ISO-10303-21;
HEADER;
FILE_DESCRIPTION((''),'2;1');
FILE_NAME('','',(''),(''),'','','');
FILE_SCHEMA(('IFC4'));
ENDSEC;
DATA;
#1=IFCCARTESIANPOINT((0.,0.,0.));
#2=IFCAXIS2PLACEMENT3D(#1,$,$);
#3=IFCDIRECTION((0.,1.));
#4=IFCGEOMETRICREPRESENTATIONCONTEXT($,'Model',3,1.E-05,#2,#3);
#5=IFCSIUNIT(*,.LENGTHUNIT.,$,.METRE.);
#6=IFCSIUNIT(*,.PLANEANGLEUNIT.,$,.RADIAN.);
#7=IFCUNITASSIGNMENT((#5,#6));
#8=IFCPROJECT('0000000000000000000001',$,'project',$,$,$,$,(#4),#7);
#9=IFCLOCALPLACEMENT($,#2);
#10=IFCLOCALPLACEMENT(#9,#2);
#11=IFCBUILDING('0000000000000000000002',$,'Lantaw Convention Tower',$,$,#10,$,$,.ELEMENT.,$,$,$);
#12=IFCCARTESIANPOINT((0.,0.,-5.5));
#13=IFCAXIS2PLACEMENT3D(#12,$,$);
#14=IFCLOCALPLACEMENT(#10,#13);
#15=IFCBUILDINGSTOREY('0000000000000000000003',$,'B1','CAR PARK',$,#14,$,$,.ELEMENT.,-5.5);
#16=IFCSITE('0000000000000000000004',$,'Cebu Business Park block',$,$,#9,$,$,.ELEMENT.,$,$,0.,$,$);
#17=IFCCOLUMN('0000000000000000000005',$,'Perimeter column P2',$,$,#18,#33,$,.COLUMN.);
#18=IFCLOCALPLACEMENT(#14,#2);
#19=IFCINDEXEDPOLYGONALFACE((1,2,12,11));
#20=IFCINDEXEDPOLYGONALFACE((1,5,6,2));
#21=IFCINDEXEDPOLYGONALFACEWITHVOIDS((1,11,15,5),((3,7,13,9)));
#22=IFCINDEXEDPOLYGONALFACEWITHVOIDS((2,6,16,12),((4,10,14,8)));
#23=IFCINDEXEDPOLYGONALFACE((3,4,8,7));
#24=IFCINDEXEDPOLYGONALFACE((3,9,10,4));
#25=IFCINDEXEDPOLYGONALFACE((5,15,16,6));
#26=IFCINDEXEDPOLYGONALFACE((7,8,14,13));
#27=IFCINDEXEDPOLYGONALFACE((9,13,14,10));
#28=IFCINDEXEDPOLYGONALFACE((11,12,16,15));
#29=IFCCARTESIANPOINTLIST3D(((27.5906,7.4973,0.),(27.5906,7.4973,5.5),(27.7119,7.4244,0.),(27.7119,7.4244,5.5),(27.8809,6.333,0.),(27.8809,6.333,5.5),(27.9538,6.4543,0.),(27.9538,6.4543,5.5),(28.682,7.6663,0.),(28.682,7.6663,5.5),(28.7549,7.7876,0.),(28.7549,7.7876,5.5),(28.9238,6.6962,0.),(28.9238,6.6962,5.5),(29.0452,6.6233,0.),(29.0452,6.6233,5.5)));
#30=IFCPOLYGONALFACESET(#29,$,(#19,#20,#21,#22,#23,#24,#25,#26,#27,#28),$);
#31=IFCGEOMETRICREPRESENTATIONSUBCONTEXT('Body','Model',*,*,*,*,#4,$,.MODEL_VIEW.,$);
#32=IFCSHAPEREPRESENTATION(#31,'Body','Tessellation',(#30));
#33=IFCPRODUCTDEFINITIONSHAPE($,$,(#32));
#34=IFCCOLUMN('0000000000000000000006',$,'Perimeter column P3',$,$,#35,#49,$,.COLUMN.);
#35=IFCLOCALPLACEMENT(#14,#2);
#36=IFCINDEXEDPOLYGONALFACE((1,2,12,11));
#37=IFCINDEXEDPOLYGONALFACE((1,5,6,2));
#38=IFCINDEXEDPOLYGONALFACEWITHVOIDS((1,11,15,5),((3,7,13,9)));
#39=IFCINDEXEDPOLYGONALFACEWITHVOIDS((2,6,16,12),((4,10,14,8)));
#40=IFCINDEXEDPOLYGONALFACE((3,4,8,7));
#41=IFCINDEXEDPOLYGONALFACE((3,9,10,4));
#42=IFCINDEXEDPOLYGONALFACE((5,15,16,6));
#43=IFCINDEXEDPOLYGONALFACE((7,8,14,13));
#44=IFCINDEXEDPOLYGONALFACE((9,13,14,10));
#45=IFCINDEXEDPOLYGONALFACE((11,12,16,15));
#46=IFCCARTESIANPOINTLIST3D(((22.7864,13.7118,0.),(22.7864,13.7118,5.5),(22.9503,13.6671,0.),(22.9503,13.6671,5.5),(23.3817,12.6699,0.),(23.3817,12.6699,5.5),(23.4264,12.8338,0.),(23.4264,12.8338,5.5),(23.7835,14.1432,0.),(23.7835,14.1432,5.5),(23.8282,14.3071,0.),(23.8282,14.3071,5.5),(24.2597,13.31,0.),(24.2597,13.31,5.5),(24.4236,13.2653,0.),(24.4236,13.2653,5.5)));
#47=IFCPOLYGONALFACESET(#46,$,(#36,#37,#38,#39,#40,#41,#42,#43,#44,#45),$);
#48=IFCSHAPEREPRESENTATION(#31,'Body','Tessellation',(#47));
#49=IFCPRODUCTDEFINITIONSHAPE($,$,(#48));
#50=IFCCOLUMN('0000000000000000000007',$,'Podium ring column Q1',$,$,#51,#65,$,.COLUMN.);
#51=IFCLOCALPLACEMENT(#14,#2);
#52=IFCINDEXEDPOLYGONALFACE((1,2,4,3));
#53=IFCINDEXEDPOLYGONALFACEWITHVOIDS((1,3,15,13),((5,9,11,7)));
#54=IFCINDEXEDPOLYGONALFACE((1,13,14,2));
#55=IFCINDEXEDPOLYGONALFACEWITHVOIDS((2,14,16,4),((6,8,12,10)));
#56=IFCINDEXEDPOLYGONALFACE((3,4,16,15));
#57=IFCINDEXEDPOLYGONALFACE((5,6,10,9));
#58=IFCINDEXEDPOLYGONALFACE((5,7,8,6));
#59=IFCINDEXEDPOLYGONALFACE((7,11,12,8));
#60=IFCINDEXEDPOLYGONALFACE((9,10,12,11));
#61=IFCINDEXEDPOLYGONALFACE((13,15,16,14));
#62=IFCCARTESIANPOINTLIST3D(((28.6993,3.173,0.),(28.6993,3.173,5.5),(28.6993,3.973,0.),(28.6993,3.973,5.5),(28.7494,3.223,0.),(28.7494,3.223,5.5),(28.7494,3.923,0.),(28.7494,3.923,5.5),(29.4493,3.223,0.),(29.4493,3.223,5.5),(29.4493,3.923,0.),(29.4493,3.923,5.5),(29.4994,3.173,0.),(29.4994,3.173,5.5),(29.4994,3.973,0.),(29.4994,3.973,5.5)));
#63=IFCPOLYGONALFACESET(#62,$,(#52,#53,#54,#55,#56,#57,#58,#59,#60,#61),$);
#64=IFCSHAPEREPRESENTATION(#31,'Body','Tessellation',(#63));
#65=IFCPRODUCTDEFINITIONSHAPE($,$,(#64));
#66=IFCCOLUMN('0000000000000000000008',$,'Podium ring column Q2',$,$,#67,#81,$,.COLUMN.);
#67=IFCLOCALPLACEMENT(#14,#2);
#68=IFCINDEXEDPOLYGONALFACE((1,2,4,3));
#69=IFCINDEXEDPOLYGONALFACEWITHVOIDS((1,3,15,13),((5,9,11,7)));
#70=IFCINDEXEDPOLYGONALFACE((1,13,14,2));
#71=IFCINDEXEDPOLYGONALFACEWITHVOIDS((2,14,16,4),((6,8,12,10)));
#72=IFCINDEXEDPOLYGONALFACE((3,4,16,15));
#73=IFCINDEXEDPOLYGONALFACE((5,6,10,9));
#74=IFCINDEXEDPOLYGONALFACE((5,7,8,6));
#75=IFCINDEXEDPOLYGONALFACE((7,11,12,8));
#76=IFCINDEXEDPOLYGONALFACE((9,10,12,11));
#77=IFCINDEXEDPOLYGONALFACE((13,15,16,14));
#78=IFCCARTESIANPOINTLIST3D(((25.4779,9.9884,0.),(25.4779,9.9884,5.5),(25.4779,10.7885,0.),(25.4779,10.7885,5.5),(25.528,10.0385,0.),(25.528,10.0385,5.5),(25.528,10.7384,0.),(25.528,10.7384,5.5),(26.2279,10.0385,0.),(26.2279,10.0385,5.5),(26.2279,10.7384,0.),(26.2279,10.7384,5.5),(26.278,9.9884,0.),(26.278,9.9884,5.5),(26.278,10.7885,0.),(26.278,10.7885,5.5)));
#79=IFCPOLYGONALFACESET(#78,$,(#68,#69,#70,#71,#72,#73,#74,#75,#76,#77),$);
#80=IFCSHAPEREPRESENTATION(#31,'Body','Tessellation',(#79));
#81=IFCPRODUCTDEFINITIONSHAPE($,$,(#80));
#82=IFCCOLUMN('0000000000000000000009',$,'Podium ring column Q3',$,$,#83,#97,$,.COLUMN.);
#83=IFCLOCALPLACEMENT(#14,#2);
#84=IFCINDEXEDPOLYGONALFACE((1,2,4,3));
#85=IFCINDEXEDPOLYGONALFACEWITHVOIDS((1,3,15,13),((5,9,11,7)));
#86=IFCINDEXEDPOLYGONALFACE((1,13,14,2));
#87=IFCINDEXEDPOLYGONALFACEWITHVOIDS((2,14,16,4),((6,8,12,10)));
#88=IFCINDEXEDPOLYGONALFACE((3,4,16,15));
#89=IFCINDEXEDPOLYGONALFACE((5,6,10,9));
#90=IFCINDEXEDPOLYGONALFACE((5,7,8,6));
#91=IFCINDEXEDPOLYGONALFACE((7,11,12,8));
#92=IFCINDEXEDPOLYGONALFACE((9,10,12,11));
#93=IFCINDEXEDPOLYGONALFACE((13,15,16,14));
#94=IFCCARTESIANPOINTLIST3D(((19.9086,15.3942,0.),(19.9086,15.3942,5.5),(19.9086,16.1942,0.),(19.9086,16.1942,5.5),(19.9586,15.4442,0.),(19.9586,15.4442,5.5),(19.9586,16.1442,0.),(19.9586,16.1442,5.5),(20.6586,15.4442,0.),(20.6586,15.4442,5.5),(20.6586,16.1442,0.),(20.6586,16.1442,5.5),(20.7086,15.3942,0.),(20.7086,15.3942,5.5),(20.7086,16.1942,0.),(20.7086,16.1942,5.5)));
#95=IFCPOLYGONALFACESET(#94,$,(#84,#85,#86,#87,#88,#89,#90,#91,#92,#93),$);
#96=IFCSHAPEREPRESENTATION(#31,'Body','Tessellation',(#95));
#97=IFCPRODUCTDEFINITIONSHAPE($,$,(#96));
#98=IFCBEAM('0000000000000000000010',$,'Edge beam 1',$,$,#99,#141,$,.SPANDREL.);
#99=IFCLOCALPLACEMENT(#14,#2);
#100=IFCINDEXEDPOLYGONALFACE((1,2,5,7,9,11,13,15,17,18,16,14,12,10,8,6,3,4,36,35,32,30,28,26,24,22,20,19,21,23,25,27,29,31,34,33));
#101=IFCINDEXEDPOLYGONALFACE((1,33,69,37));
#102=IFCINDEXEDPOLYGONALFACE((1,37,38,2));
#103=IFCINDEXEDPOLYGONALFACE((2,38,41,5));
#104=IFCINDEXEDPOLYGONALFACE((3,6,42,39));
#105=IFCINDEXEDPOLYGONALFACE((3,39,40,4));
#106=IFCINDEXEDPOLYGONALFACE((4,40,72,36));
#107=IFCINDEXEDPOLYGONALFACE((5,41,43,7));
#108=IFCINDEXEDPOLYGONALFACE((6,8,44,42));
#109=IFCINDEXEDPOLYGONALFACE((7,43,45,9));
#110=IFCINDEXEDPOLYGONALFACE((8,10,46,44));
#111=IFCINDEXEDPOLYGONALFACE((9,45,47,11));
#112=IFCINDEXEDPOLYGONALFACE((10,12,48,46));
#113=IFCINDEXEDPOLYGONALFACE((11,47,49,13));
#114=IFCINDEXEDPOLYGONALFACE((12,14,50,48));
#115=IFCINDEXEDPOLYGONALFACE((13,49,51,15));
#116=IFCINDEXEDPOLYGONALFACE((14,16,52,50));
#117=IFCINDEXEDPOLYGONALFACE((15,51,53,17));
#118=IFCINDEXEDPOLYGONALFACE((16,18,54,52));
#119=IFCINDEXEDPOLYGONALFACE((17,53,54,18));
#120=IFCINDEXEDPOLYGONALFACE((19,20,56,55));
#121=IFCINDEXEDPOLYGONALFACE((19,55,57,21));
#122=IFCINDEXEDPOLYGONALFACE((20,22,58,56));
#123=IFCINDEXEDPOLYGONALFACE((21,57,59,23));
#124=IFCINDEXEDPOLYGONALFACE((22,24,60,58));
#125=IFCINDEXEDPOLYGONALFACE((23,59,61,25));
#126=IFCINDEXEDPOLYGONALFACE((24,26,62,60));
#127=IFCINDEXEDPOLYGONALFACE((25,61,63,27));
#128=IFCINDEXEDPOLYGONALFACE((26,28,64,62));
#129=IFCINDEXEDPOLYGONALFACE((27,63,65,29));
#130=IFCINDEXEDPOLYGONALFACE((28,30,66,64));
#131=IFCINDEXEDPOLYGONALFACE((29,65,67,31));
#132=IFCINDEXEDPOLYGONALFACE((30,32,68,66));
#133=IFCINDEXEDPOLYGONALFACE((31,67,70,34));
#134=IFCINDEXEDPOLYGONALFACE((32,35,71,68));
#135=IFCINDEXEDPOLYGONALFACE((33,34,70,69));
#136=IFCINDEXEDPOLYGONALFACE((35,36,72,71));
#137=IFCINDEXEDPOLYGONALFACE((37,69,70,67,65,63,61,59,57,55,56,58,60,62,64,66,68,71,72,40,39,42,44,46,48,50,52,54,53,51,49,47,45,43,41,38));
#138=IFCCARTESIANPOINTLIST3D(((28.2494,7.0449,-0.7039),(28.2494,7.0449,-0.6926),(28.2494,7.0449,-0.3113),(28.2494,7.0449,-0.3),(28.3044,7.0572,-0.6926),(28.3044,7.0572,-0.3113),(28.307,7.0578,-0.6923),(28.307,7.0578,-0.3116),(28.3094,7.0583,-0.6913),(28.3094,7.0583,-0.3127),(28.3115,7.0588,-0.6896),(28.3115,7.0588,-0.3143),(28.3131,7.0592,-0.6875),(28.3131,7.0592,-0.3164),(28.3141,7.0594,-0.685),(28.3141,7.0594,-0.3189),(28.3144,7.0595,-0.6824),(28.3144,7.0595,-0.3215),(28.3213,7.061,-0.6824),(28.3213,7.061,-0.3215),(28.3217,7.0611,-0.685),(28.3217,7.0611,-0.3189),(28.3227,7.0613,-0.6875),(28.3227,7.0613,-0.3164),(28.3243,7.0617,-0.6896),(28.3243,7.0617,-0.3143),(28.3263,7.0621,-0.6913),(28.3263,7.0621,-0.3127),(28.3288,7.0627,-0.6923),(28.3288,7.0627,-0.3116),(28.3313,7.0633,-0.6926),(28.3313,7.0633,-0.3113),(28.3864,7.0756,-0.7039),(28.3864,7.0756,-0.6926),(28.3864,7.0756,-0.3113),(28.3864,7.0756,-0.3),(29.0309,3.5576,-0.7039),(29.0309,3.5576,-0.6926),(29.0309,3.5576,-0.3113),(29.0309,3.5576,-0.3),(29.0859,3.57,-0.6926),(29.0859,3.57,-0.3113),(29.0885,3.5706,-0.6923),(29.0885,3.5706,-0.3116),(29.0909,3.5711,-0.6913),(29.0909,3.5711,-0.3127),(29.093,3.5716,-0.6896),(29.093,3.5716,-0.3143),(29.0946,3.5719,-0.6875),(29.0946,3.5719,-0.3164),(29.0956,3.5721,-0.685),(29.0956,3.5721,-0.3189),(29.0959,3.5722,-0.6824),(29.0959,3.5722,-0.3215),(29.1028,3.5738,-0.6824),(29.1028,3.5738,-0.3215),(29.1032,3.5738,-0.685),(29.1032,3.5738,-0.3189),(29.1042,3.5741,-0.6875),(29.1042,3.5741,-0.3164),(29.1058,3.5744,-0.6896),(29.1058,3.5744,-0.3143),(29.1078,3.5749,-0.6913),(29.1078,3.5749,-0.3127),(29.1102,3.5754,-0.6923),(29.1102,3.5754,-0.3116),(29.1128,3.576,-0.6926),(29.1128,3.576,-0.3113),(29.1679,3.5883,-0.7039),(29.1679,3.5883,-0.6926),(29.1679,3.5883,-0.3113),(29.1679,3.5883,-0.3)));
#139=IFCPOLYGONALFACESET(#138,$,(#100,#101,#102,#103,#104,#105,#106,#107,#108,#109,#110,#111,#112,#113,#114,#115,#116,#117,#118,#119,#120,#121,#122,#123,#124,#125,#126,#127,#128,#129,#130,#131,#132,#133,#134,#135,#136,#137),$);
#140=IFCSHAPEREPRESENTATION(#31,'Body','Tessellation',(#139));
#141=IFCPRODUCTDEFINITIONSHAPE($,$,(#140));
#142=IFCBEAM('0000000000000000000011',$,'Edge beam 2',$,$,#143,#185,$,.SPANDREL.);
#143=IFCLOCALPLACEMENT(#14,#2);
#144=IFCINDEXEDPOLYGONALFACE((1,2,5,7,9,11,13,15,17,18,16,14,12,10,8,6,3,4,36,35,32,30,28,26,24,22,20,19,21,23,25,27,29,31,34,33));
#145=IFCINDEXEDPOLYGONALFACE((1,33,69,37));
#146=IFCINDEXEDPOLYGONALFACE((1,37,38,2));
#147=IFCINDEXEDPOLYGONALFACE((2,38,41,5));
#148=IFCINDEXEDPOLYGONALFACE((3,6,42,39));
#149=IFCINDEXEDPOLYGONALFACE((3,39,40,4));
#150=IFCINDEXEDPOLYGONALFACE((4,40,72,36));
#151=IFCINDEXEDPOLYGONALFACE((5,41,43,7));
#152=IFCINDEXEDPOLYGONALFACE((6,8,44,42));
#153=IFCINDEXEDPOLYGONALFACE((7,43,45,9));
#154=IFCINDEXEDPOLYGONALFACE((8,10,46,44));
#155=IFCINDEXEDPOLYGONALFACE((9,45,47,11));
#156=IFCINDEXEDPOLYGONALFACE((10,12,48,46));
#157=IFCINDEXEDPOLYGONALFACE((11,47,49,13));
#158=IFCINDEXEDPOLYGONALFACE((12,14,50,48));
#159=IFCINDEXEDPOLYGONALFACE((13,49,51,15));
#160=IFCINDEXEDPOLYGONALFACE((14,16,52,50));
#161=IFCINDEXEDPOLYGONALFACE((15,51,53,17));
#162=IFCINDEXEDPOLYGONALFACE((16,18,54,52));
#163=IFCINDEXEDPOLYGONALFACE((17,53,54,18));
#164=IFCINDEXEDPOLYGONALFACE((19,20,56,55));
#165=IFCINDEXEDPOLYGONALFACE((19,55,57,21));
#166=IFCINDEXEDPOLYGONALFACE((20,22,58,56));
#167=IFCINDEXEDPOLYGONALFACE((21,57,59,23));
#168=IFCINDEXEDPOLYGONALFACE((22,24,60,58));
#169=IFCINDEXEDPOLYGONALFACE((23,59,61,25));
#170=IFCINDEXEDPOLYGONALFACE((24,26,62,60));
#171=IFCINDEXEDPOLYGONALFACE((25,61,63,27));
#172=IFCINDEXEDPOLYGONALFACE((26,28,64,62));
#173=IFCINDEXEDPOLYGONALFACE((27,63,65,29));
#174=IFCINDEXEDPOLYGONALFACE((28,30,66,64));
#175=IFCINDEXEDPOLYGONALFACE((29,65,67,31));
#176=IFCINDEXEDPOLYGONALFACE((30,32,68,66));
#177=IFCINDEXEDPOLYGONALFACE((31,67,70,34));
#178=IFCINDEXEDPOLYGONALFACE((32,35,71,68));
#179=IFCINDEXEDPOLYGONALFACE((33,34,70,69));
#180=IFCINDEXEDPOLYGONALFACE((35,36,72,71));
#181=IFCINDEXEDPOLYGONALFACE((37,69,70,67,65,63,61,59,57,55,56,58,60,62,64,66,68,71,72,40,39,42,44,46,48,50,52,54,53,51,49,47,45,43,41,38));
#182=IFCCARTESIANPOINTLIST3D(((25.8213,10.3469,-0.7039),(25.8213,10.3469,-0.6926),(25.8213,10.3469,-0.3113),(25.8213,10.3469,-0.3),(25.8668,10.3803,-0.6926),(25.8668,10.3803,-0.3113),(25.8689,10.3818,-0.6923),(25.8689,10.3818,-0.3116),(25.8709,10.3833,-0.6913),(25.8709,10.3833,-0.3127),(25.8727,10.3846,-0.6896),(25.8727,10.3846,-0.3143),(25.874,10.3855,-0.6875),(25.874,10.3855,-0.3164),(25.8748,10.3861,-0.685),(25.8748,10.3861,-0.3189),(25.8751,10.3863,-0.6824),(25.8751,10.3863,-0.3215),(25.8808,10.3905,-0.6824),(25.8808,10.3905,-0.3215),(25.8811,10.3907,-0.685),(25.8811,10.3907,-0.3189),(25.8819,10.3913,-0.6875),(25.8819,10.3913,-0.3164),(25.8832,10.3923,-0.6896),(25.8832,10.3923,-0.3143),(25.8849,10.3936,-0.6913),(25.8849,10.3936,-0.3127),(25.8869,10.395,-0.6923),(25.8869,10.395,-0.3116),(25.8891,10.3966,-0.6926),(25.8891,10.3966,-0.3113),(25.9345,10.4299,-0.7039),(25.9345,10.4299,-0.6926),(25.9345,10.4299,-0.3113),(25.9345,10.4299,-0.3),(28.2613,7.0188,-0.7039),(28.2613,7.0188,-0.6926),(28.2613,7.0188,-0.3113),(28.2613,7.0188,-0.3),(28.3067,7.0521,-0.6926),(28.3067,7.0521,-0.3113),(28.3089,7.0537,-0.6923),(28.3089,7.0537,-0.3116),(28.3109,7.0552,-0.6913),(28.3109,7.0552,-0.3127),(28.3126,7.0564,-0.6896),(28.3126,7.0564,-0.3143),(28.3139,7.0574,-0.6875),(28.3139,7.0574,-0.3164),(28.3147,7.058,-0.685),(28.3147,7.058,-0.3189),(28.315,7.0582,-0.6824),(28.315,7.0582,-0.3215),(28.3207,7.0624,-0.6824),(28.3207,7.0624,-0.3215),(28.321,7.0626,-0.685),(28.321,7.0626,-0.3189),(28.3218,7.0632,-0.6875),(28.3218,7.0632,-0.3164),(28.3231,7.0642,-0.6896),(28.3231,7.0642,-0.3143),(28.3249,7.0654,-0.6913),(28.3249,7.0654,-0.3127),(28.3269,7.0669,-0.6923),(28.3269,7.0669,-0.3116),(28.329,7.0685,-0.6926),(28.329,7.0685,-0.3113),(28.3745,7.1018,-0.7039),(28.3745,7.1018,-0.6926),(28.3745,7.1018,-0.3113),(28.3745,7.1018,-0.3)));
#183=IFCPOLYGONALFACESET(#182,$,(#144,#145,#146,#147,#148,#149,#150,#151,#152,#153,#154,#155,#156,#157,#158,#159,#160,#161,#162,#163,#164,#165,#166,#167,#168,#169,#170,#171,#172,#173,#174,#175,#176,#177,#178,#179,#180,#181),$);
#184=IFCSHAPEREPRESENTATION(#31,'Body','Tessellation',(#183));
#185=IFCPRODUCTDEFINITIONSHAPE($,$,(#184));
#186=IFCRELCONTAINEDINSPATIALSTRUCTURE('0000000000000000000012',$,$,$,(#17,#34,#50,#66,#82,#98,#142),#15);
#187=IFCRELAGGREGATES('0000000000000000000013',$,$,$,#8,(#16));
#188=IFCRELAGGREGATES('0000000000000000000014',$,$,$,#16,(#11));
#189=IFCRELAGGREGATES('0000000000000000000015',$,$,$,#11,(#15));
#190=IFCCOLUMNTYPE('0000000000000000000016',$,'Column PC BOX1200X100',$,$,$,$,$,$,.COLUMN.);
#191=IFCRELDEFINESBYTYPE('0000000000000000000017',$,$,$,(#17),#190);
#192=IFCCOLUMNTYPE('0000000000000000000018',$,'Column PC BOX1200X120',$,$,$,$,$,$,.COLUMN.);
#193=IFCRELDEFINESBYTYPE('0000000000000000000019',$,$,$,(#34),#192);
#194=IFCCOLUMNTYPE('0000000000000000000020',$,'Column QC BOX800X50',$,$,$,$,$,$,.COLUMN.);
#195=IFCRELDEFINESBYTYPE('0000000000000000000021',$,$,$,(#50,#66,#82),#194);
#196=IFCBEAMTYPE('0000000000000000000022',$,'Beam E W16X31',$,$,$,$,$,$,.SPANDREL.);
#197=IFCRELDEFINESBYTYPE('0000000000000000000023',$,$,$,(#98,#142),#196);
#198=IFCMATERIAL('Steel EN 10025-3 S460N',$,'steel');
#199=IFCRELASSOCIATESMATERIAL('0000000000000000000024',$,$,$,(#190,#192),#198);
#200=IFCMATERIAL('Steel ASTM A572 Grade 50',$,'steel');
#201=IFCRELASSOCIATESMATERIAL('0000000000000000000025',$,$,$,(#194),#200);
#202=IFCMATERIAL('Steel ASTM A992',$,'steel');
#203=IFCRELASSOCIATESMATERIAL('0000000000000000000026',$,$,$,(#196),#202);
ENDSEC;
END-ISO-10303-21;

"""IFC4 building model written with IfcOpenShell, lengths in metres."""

from ifc_helpers import new_model, si_unit, direction, frame, origin, origin_2d, place, context, subcontext, project, spatial, rectangle, hollow_rectangle, i_section, extrude, material, material_profile, profile_set, type_object, element, save


model = new_model("IFC4")

# Units and contexts
model_context = context("Model", 3, precision=1e-05, world=origin(), true_north=direction((0.0, 1.0)))
body_context = subcontext(model_context, "Body", "Model", "MODEL_VIEW")
ifc_project = project(units=[si_unit("LENGTHUNIT", "METRE"), si_unit("PLANEANGLEUNIT", "RADIAN")], contexts=[model_context])

# Site, building, storey
site_placement = place(None, origin())
site = spatial("IfcSite", under=ifc_project, at=site_placement, Name="Cebu Business Park block", CompositionType="ELEMENT", RefElevation=0.0)
building_placement = place(site_placement, origin())
building = spatial("IfcBuilding", under=site, at=building_placement, Name="Lantaw Convention Tower", CompositionType="ELEMENT")
storey_placement = place(building_placement, frame((0.0, 0.0, -5.5)))
storey = spatial("IfcBuildingStorey", under=building, at=storey_placement, Name="B1", Description="CAR PARK", CompositionType="ELEMENT", Elevation=-5.5)

# Columns
ifc_material_1 = material(Name="Steel EN 10025-3 S460N", Category="steel")
ifc_material_profile_1 = material_profile(ifc_material_1, hollow_rectangle(XDim=1.2, YDim=1.2, WallThickness=0.1001, at=origin_2d()), Name="BOX1200X100")
ifc_material_2 = material(Name="Concrete C60/75", Category="concrete")
ifc_material_profile_2 = material_profile(ifc_material_2, rectangle(XDim=1.0, YDim=1.0, at=origin_2d()), Name="Concrete fill of BOX1200X100")
ifc_profile_set_1 = profile_set([ifc_material_profile_1, ifc_material_profile_2], Name="Steel EN 10025-3 S460N")
column_type_1 = type_object("IfcColumnType", Name="Column PC BOX1200X100", PredefinedType="COLUMN", material=ifc_profile_set_1)
column_1_placement = place(storey_placement, frame((28.3179, 7.0603, 0.0), z_axis=(0.0, 0.0, 1.0), x_axis=(0.970296, 0.241922, 0.0)))
element("IfcColumn", 1, at=column_1_placement, inside=storey, type_object=column_type_1, Name="Perimeter column P2", PredefinedType="COLUMN", context=body_context, shape_type="SweptSolid", body=[
    extrude(hollow_rectangle(XDim=1.2, YDim=1.2, WallThickness=0.1001, at=origin_2d()), origin(), (0.0, 0.0, 1.0), 5.5),
])
ifc_material_profile_3 = material_profile(ifc_material_1, hollow_rectangle(XDim=1.2, YDim=1.2, WallThickness=0.1201, at=origin_2d()), Name="BOX1200X120")
ifc_material_profile_4 = material_profile(ifc_material_2, rectangle(XDim=0.96, YDim=0.96, at=origin_2d()), Name="Concrete fill of BOX1200X120")
ifc_profile_set_2 = profile_set([ifc_material_profile_3, ifc_material_profile_4], Name="Steel EN 10025-3 S460N")
column_type_2 = type_object("IfcColumnType", Name="Column PC BOX1200X120", PredefinedType="COLUMN", material=ifc_profile_set_2)
column_2_placement = place(storey_placement, frame((23.605, 13.4885, 0.0), z_axis=(0.0, 0.0, 1.0), x_axis=(0.868243, 0.496139, 0.0)))
element("IfcColumn", 2, at=column_2_placement, inside=storey, type_object=column_type_2, Name="Perimeter column P3", PredefinedType="COLUMN", context=body_context, shape_type="SweptSolid", body=[
    extrude(hollow_rectangle(XDim=1.2, YDim=1.2, WallThickness=0.1201, at=origin_2d()), origin(), (0.0, 0.0, 1.0), 5.5),
])
ifc_material_3 = material(Name="Steel ASTM A572 Grade 50", Category="steel")
ifc_material_profile_5 = material_profile(ifc_material_3, hollow_rectangle(XDim=0.8, YDim=0.8, WallThickness=0.05, at=origin_2d()), Name="BOX800X50")
ifc_profile_set_3 = profile_set([ifc_material_profile_5], Name="Steel ASTM A572 Grade 50")
column_type_3 = type_object("IfcColumnType", Name="Column QC BOX800X50", PredefinedType="COLUMN", material=ifc_profile_set_3)
for number, where, z_axis, x_axis, name in (
    (3, (29.0994, 3.573, 0.0), (0.0, 0.0, 1.0), (1.0, 0.0, 0.0), "Podium ring column Q1"),
    (4, (25.8779, 10.3884, 0.0), (0.0, 0.0, 1.0), (1.0, 0.0, 0.0), "Podium ring column Q2"),
    (5, (20.3086, 15.7942, 0.0), (0.0, 0.0, 1.0), (1.0, 0.0, 0.0), "Podium ring column Q3"),
):
    element("IfcColumn", number, at=place(storey_placement, frame(where, z_axis=z_axis, x_axis=x_axis)), inside=storey, type_object=column_type_3, Name=name, PredefinedType="COLUMN", context=body_context, shape_type="SweptSolid", body=[
        extrude(hollow_rectangle(XDim=0.8, YDim=0.8, WallThickness=0.05, at=origin_2d()), origin(), (0.0, 0.0, 1.0), 5.5),
    ])

# Beams
ifc_material_4 = material(Name="Steel ASTM A992", Category="steel")
ifc_material_profile_6 = material_profile(ifc_material_4, i_section(OverallWidth=0.1404, OverallDepth=0.4038, WebThickness=0.0071, FlangeThickness=0.0112, FilletRadius=0.0103, at=origin_2d()), Name="W16X31")
ifc_profile_set_4 = profile_set([ifc_material_profile_6], Name="Steel ASTM A992")
beam_type_1 = type_object("IfcBeamType", Name="Beam E W16X31", PredefinedType="SPANDREL", material=ifc_profile_set_4)
beam_1_placement = place(storey_placement, frame((29.0994, 3.573, -0.502), z_axis=(-0.218673, 0.975798, 0.0), x_axis=(-0.975798, -0.218673, 0.0)))
element("IfcBeam", 6, at=beam_1_placement, inside=storey, type_object=beam_type_1, Name="Edge beam 1", PredefinedType="SPANDREL", context=body_context, shape_type="SweptSolid", body=[
    extrude(i_section(OverallWidth=0.1404, OverallDepth=0.4038, WebThickness=0.0071, FlangeThickness=0.0112, FilletRadius=0.0103, at=origin_2d()), origin(), (0.0, 0.0, 1.0), 3.5737),
])
beam_2_placement = place(storey_placement, frame((28.3179, 7.0603, -0.502), z_axis=(-0.591256, 0.806484, 0.0), x_axis=(-0.806484, -0.591256, 0.0)))
element("IfcBeam", 7, at=beam_2_placement, inside=storey, type_object=beam_type_1, Name="Edge beam 2", PredefinedType="SPANDREL", context=body_context, shape_type="SweptSolid", body=[
    extrude(i_section(OverallWidth=0.1404, OverallDepth=0.4038, WebThickness=0.0071, FlangeThickness=0.0112, FilletRadius=0.0103, at=origin_2d()), origin(), (0.0, 0.0, 1.0), 4.1267),
])

save(model, "model.ifc")
